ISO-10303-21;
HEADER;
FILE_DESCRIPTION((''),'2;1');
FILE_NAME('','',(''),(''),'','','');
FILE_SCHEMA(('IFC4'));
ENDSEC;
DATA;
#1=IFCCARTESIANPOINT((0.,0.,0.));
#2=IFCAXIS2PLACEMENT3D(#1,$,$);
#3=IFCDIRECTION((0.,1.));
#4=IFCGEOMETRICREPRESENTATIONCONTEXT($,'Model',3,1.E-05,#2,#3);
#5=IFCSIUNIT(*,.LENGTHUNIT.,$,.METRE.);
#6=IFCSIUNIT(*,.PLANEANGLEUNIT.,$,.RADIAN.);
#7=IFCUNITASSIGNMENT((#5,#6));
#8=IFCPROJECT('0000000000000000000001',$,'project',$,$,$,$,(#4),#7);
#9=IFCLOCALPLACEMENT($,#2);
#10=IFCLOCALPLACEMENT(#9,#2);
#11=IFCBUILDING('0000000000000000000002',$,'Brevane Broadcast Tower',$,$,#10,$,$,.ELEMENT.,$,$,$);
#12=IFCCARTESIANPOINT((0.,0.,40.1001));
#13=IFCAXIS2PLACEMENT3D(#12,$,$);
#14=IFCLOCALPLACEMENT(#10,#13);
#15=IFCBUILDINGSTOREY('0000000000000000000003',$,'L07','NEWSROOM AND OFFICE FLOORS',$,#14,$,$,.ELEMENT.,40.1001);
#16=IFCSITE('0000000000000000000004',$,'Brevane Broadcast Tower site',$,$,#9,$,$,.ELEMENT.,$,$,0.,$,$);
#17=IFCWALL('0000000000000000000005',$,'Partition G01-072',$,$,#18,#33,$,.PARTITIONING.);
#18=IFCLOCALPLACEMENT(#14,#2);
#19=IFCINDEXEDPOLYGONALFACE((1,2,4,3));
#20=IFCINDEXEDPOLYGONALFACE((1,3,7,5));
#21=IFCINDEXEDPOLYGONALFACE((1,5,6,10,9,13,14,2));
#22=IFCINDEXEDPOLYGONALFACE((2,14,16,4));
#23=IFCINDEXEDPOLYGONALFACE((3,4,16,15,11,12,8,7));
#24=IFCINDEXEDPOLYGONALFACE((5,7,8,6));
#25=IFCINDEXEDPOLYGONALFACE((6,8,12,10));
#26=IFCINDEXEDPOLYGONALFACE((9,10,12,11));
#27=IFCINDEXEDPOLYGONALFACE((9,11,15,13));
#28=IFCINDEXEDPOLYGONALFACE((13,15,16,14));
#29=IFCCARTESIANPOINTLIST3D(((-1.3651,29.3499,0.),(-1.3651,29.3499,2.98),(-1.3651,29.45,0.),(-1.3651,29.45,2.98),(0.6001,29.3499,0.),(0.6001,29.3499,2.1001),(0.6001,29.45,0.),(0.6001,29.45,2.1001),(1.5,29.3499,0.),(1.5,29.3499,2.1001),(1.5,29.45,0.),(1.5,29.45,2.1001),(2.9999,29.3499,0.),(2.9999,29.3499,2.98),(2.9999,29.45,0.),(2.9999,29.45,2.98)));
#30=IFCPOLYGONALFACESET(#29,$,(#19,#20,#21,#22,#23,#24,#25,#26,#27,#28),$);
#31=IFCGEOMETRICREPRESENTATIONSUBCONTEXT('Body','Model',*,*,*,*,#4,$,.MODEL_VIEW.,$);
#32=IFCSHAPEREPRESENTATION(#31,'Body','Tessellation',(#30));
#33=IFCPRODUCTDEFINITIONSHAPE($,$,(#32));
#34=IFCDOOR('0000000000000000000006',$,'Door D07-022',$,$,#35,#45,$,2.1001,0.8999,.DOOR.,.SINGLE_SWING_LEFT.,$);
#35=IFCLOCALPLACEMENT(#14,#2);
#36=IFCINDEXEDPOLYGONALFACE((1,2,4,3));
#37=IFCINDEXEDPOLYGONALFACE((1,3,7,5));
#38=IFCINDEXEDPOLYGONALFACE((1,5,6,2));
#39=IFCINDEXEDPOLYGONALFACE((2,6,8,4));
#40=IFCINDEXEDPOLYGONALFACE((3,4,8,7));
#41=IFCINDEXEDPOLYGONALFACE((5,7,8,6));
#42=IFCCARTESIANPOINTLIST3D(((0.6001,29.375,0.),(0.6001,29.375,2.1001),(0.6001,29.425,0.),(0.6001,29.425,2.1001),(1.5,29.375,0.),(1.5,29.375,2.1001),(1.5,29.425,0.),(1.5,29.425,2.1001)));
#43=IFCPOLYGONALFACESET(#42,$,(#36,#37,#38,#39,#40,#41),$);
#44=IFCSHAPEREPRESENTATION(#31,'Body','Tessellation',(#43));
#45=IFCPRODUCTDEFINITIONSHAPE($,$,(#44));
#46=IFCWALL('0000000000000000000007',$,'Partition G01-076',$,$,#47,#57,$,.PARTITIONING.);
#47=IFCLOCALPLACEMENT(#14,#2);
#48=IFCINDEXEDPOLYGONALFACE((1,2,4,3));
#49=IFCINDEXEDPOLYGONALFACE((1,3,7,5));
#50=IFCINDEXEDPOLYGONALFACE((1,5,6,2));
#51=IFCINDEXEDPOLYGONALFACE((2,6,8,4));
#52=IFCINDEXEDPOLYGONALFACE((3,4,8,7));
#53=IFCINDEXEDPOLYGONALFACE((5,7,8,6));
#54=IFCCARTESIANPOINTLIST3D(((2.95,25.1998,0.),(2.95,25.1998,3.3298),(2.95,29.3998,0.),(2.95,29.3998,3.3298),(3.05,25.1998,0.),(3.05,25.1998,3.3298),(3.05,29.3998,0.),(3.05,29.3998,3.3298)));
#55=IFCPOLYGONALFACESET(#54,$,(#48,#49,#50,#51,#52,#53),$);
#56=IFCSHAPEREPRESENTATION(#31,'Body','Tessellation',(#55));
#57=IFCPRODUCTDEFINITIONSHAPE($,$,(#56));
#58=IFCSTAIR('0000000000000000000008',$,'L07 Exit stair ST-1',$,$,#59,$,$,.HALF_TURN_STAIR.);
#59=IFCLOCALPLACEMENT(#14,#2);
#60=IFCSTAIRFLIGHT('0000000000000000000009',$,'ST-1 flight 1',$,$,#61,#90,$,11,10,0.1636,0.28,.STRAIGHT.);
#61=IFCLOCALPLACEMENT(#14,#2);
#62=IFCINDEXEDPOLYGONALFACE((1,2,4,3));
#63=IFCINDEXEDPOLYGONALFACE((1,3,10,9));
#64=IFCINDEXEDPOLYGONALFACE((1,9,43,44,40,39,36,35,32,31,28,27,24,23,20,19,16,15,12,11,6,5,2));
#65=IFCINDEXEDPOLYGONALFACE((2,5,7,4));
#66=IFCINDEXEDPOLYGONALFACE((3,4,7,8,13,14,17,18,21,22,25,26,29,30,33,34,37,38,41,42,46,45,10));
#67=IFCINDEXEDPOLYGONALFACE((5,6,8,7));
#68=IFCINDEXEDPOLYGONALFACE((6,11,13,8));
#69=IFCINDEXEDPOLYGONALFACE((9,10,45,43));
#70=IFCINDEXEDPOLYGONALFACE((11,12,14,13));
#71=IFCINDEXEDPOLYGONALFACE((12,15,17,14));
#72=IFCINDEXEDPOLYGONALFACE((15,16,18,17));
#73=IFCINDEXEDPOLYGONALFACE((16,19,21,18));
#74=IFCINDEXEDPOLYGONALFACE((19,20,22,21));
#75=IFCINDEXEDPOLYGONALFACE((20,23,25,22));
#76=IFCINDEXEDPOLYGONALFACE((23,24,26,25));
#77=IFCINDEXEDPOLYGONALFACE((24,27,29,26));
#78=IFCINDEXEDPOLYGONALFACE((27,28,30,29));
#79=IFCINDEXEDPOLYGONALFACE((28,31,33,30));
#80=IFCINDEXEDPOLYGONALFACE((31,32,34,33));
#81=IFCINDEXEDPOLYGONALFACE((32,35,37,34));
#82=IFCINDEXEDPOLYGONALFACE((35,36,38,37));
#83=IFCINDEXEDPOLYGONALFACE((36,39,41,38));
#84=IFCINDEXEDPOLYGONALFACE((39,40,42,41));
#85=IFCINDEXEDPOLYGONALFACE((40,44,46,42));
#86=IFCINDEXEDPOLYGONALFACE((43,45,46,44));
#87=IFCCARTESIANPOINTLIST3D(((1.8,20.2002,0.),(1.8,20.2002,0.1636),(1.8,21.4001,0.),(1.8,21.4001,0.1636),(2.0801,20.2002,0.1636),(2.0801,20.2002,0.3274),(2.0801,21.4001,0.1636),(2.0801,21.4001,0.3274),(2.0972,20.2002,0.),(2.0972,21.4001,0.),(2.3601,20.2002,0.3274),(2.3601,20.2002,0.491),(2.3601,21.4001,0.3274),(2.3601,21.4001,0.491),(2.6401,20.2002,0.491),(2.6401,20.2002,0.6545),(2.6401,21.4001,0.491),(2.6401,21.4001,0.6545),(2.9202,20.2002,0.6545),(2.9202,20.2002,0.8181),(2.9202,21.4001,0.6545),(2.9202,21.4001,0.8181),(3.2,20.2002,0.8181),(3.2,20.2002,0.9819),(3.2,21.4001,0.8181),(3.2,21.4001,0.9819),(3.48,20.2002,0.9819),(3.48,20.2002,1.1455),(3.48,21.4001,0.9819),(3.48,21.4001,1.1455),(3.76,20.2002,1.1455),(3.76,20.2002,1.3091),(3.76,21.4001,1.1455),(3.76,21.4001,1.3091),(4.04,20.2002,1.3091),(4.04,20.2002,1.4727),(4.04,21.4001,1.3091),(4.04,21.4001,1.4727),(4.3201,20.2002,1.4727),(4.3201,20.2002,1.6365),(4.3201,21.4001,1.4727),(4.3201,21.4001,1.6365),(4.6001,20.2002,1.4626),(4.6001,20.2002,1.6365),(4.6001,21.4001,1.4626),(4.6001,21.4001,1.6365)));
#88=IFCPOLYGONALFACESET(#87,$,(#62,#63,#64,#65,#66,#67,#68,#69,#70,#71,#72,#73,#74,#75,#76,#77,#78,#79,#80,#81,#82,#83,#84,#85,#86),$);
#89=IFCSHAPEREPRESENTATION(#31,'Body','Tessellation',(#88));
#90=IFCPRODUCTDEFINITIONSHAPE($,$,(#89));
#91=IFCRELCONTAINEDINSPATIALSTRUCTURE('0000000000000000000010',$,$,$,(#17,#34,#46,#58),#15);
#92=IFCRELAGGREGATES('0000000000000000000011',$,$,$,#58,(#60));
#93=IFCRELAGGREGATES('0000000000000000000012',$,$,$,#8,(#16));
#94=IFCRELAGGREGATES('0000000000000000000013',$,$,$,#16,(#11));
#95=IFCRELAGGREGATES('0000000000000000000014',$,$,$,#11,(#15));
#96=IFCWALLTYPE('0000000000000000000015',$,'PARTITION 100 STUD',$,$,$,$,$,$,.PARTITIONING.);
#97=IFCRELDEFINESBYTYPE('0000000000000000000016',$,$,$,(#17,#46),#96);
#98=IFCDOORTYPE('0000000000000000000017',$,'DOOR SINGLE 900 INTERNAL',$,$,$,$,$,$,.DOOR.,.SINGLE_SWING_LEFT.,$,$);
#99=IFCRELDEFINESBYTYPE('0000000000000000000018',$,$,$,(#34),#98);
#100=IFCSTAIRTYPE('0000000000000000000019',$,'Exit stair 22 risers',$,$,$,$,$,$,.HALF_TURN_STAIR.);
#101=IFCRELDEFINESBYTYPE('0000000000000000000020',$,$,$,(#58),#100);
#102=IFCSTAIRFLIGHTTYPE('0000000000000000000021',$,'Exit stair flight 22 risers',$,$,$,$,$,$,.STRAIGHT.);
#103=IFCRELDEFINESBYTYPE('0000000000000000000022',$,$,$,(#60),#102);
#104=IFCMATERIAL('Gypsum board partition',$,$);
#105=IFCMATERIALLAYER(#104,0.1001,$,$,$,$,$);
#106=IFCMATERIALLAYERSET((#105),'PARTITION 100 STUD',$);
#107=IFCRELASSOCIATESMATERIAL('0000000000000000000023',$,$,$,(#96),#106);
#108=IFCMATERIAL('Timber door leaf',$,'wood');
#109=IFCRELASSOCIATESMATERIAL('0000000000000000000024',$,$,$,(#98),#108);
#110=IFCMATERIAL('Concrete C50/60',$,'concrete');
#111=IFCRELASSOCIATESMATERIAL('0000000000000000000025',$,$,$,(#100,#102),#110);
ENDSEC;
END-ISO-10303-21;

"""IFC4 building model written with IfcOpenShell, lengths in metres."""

from ifc_helpers import new_model, si_unit, direction, frame, frame_2d, origin, place, context, subcontext, project, spatial, polyline, rectangle, outline, extrude, material, layer, layer_set, type_object, element, fill, aggregate, save


model = new_model("IFC4")

# Units and contexts
model_context = context("Model", 3, precision=1e-05, world=origin(), true_north=direction((0.0, 1.0)))
body_context = subcontext(model_context, "Body", "Model", "MODEL_VIEW")
ifc_project = project(units=[si_unit("LENGTHUNIT", "METRE"), si_unit("PLANEANGLEUNIT", "RADIAN")], contexts=[model_context])

# Site, building, storey
site_placement = place(None, origin())
site = spatial("IfcSite", under=ifc_project, at=site_placement, Name="Brevane Broadcast Tower site", CompositionType="ELEMENT", RefElevation=0.0)
building_placement = place(site_placement, origin())
building = spatial("IfcBuilding", under=site, at=building_placement, Name="Brevane Broadcast Tower", CompositionType="ELEMENT")
storey_placement = place(building_placement, frame((0.0, 0.0, 40.1001)))
storey = spatial("IfcBuildingStorey", under=building, at=storey_placement, Name="L07", Description="NEWSROOM AND OFFICE FLOORS", CompositionType="ELEMENT", Elevation=40.1001)

# Wall, opening, door
ifc_material_1 = material(Name="Gypsum board partition")
ifc_layer_1 = layer(ifc_material_1, 0.1001)
ifc_layer_set_1 = layer_set([ifc_layer_1], Name="PARTITION 100 STUD")
wall_type_1 = type_object("IfcWallType", Name="PARTITION 100 STUD", PredefinedType="PARTITIONING", material=ifc_layer_set_1)
wall_1_placement = place(storey_placement, frame((3.0, 29.3999, 0.0), z_axis=(0.0, 0.0, 1.0), x_axis=(-1.0, 0.0, 0.0)))
wall_1 = element("IfcWall", 1, at=wall_1_placement, inside=storey, type_object=wall_type_1, Name="Partition G01-072", PredefinedType="PARTITIONING", context=body_context, shape_type="SweptSolid", body=[
    extrude(rectangle(XDim=4.365, YDim=0.1001, at=frame_2d((2.1826, 0.0))), origin(), (0.0, 0.0, 1.0), 2.98),
])
opening_1_placement = place(wall_1_placement, frame((1.5, 0.0, 0.0)))
opening_1 = element("IfcOpeningElement", 2, at=opening_1_placement, cuts=wall_1, PredefinedType="OPENING", context=body_context, shape_type="SweptSolid", body=[
    extrude(rectangle(XDim=0.8999, YDim=2.1001, at=frame_2d((0.45, 1.05))), frame((0.0, 0.0601, 0.0), z_axis=(0.0, -1.0, 0.0), x_axis=(1.0, 0.0, 0.0)), (0.0, 0.0, 1.0), 0.1201),
])
ifc_material_2 = material(Name="Timber door leaf", Category="wood")
door_type_1 = type_object("IfcDoorType", Name="DOOR SINGLE 900 INTERNAL", OperationType="SINGLE_SWING_LEFT", PredefinedType="DOOR", material=ifc_material_2)
door_1_placement = place(opening_1_placement, origin())
door_1 = element("IfcDoor", 3, at=door_1_placement, inside=storey, type_object=door_type_1, Name="Door D07-022", OperationType="SINGLE_SWING_LEFT", OverallHeight=2.1001, OverallWidth=0.8999, PredefinedType="DOOR", context=body_context, shape_type="SweptSolid", body=[
    extrude(rectangle(XDim=0.8999, YDim=2.1001, at=frame_2d((0.45, 1.05))), frame((0.0, 0.0249, 0.0), z_axis=(0.0, -1.0, 0.0), x_axis=(1.0, 0.0, 0.0)), (0.0, 0.0, 1.0), 0.05),
])
fill(opening_1, door_1)

# Wall
wall_2_placement = place(storey_placement, frame((3.0, 29.3999, 0.0), z_axis=(0.0, 0.0, 1.0), x_axis=(0.0, -1.0, 0.0)))
element("IfcWall", 4, at=wall_2_placement, inside=storey, type_object=wall_type_1, Name="Partition G01-076", PredefinedType="PARTITIONING", context=body_context, shape_type="SweptSolid", body=[
    extrude(rectangle(XDim=4.2, YDim=0.1001, at=frame_2d((2.1001, 0.0))), origin(), (0.0, 0.0, 1.0), 3.3298),
])

# Stair, stair flight
ifc_material_3 = material(Name="Concrete C50/60", Category="concrete")
stair_type = type_object("IfcStairType", Name="Exit stair 22 risers", PredefinedType="HALF_TURN_STAIR", material=ifc_material_3)
stair_placement = place(storey_placement, origin())
stair = element("IfcStair", 5, at=stair_placement, inside=storey, type_object=stair_type, Name="L07 Exit stair ST-1", PredefinedType="HALF_TURN_STAIR")
stair_flight_type = type_object("IfcStairFlightType", Name="Exit stair flight 22 risers", PredefinedType="STRAIGHT", material=ifc_material_3)
stair_flight_placement = place(storey_placement, frame((1.8, 20.8, 0.0), z_axis=(0.0, 0.0, 1.0), x_axis=(1.0, 0.0, 0.0)))
stair_flight = element("IfcStairFlight", 6, at=stair_flight_placement, type_object=stair_flight_type, Name="ST-1 flight 1", NumberOfRisers=11, NumberOfTreads=10, PredefinedType="STRAIGHT", RiserHeight=0.1636, TreadLength=0.28, context=body_context, shape_type="SweptSolid", body=[
    extrude(outline(polyline([(0.0, 0.0), (0.0, 0.1636), (0.28, 0.1636), (0.28, 0.3274), (0.5601, 0.3274), (0.5601, 0.491), (0.8401, 0.491), (0.8401, 0.6545), (1.1201, 0.6545), (1.1201, 0.8181), (1.3999, 0.8181), (1.3999, 0.9819), (1.6799, 0.9819), (1.6799, 1.1455), (1.96, 1.1455), (1.96, 1.3091), (2.24, 1.3091), (2.24, 1.4727), (2.52, 1.4727), (2.52, 1.6365), (2.8, 1.6365), (2.8, 1.8), (2.8, 1.4626), (0.2971, 0.0), (0.0, 0.0)])), frame((0.0, 0.6001, 0.0), z_axis=(0.0, -1.0, 0.0), x_axis=(1.0, 0.0, 0.0)), (0.0, 0.0, 1.0), 1.2),
])
aggregate(stair, [stair_flight])

save(model, "model.ifc")
